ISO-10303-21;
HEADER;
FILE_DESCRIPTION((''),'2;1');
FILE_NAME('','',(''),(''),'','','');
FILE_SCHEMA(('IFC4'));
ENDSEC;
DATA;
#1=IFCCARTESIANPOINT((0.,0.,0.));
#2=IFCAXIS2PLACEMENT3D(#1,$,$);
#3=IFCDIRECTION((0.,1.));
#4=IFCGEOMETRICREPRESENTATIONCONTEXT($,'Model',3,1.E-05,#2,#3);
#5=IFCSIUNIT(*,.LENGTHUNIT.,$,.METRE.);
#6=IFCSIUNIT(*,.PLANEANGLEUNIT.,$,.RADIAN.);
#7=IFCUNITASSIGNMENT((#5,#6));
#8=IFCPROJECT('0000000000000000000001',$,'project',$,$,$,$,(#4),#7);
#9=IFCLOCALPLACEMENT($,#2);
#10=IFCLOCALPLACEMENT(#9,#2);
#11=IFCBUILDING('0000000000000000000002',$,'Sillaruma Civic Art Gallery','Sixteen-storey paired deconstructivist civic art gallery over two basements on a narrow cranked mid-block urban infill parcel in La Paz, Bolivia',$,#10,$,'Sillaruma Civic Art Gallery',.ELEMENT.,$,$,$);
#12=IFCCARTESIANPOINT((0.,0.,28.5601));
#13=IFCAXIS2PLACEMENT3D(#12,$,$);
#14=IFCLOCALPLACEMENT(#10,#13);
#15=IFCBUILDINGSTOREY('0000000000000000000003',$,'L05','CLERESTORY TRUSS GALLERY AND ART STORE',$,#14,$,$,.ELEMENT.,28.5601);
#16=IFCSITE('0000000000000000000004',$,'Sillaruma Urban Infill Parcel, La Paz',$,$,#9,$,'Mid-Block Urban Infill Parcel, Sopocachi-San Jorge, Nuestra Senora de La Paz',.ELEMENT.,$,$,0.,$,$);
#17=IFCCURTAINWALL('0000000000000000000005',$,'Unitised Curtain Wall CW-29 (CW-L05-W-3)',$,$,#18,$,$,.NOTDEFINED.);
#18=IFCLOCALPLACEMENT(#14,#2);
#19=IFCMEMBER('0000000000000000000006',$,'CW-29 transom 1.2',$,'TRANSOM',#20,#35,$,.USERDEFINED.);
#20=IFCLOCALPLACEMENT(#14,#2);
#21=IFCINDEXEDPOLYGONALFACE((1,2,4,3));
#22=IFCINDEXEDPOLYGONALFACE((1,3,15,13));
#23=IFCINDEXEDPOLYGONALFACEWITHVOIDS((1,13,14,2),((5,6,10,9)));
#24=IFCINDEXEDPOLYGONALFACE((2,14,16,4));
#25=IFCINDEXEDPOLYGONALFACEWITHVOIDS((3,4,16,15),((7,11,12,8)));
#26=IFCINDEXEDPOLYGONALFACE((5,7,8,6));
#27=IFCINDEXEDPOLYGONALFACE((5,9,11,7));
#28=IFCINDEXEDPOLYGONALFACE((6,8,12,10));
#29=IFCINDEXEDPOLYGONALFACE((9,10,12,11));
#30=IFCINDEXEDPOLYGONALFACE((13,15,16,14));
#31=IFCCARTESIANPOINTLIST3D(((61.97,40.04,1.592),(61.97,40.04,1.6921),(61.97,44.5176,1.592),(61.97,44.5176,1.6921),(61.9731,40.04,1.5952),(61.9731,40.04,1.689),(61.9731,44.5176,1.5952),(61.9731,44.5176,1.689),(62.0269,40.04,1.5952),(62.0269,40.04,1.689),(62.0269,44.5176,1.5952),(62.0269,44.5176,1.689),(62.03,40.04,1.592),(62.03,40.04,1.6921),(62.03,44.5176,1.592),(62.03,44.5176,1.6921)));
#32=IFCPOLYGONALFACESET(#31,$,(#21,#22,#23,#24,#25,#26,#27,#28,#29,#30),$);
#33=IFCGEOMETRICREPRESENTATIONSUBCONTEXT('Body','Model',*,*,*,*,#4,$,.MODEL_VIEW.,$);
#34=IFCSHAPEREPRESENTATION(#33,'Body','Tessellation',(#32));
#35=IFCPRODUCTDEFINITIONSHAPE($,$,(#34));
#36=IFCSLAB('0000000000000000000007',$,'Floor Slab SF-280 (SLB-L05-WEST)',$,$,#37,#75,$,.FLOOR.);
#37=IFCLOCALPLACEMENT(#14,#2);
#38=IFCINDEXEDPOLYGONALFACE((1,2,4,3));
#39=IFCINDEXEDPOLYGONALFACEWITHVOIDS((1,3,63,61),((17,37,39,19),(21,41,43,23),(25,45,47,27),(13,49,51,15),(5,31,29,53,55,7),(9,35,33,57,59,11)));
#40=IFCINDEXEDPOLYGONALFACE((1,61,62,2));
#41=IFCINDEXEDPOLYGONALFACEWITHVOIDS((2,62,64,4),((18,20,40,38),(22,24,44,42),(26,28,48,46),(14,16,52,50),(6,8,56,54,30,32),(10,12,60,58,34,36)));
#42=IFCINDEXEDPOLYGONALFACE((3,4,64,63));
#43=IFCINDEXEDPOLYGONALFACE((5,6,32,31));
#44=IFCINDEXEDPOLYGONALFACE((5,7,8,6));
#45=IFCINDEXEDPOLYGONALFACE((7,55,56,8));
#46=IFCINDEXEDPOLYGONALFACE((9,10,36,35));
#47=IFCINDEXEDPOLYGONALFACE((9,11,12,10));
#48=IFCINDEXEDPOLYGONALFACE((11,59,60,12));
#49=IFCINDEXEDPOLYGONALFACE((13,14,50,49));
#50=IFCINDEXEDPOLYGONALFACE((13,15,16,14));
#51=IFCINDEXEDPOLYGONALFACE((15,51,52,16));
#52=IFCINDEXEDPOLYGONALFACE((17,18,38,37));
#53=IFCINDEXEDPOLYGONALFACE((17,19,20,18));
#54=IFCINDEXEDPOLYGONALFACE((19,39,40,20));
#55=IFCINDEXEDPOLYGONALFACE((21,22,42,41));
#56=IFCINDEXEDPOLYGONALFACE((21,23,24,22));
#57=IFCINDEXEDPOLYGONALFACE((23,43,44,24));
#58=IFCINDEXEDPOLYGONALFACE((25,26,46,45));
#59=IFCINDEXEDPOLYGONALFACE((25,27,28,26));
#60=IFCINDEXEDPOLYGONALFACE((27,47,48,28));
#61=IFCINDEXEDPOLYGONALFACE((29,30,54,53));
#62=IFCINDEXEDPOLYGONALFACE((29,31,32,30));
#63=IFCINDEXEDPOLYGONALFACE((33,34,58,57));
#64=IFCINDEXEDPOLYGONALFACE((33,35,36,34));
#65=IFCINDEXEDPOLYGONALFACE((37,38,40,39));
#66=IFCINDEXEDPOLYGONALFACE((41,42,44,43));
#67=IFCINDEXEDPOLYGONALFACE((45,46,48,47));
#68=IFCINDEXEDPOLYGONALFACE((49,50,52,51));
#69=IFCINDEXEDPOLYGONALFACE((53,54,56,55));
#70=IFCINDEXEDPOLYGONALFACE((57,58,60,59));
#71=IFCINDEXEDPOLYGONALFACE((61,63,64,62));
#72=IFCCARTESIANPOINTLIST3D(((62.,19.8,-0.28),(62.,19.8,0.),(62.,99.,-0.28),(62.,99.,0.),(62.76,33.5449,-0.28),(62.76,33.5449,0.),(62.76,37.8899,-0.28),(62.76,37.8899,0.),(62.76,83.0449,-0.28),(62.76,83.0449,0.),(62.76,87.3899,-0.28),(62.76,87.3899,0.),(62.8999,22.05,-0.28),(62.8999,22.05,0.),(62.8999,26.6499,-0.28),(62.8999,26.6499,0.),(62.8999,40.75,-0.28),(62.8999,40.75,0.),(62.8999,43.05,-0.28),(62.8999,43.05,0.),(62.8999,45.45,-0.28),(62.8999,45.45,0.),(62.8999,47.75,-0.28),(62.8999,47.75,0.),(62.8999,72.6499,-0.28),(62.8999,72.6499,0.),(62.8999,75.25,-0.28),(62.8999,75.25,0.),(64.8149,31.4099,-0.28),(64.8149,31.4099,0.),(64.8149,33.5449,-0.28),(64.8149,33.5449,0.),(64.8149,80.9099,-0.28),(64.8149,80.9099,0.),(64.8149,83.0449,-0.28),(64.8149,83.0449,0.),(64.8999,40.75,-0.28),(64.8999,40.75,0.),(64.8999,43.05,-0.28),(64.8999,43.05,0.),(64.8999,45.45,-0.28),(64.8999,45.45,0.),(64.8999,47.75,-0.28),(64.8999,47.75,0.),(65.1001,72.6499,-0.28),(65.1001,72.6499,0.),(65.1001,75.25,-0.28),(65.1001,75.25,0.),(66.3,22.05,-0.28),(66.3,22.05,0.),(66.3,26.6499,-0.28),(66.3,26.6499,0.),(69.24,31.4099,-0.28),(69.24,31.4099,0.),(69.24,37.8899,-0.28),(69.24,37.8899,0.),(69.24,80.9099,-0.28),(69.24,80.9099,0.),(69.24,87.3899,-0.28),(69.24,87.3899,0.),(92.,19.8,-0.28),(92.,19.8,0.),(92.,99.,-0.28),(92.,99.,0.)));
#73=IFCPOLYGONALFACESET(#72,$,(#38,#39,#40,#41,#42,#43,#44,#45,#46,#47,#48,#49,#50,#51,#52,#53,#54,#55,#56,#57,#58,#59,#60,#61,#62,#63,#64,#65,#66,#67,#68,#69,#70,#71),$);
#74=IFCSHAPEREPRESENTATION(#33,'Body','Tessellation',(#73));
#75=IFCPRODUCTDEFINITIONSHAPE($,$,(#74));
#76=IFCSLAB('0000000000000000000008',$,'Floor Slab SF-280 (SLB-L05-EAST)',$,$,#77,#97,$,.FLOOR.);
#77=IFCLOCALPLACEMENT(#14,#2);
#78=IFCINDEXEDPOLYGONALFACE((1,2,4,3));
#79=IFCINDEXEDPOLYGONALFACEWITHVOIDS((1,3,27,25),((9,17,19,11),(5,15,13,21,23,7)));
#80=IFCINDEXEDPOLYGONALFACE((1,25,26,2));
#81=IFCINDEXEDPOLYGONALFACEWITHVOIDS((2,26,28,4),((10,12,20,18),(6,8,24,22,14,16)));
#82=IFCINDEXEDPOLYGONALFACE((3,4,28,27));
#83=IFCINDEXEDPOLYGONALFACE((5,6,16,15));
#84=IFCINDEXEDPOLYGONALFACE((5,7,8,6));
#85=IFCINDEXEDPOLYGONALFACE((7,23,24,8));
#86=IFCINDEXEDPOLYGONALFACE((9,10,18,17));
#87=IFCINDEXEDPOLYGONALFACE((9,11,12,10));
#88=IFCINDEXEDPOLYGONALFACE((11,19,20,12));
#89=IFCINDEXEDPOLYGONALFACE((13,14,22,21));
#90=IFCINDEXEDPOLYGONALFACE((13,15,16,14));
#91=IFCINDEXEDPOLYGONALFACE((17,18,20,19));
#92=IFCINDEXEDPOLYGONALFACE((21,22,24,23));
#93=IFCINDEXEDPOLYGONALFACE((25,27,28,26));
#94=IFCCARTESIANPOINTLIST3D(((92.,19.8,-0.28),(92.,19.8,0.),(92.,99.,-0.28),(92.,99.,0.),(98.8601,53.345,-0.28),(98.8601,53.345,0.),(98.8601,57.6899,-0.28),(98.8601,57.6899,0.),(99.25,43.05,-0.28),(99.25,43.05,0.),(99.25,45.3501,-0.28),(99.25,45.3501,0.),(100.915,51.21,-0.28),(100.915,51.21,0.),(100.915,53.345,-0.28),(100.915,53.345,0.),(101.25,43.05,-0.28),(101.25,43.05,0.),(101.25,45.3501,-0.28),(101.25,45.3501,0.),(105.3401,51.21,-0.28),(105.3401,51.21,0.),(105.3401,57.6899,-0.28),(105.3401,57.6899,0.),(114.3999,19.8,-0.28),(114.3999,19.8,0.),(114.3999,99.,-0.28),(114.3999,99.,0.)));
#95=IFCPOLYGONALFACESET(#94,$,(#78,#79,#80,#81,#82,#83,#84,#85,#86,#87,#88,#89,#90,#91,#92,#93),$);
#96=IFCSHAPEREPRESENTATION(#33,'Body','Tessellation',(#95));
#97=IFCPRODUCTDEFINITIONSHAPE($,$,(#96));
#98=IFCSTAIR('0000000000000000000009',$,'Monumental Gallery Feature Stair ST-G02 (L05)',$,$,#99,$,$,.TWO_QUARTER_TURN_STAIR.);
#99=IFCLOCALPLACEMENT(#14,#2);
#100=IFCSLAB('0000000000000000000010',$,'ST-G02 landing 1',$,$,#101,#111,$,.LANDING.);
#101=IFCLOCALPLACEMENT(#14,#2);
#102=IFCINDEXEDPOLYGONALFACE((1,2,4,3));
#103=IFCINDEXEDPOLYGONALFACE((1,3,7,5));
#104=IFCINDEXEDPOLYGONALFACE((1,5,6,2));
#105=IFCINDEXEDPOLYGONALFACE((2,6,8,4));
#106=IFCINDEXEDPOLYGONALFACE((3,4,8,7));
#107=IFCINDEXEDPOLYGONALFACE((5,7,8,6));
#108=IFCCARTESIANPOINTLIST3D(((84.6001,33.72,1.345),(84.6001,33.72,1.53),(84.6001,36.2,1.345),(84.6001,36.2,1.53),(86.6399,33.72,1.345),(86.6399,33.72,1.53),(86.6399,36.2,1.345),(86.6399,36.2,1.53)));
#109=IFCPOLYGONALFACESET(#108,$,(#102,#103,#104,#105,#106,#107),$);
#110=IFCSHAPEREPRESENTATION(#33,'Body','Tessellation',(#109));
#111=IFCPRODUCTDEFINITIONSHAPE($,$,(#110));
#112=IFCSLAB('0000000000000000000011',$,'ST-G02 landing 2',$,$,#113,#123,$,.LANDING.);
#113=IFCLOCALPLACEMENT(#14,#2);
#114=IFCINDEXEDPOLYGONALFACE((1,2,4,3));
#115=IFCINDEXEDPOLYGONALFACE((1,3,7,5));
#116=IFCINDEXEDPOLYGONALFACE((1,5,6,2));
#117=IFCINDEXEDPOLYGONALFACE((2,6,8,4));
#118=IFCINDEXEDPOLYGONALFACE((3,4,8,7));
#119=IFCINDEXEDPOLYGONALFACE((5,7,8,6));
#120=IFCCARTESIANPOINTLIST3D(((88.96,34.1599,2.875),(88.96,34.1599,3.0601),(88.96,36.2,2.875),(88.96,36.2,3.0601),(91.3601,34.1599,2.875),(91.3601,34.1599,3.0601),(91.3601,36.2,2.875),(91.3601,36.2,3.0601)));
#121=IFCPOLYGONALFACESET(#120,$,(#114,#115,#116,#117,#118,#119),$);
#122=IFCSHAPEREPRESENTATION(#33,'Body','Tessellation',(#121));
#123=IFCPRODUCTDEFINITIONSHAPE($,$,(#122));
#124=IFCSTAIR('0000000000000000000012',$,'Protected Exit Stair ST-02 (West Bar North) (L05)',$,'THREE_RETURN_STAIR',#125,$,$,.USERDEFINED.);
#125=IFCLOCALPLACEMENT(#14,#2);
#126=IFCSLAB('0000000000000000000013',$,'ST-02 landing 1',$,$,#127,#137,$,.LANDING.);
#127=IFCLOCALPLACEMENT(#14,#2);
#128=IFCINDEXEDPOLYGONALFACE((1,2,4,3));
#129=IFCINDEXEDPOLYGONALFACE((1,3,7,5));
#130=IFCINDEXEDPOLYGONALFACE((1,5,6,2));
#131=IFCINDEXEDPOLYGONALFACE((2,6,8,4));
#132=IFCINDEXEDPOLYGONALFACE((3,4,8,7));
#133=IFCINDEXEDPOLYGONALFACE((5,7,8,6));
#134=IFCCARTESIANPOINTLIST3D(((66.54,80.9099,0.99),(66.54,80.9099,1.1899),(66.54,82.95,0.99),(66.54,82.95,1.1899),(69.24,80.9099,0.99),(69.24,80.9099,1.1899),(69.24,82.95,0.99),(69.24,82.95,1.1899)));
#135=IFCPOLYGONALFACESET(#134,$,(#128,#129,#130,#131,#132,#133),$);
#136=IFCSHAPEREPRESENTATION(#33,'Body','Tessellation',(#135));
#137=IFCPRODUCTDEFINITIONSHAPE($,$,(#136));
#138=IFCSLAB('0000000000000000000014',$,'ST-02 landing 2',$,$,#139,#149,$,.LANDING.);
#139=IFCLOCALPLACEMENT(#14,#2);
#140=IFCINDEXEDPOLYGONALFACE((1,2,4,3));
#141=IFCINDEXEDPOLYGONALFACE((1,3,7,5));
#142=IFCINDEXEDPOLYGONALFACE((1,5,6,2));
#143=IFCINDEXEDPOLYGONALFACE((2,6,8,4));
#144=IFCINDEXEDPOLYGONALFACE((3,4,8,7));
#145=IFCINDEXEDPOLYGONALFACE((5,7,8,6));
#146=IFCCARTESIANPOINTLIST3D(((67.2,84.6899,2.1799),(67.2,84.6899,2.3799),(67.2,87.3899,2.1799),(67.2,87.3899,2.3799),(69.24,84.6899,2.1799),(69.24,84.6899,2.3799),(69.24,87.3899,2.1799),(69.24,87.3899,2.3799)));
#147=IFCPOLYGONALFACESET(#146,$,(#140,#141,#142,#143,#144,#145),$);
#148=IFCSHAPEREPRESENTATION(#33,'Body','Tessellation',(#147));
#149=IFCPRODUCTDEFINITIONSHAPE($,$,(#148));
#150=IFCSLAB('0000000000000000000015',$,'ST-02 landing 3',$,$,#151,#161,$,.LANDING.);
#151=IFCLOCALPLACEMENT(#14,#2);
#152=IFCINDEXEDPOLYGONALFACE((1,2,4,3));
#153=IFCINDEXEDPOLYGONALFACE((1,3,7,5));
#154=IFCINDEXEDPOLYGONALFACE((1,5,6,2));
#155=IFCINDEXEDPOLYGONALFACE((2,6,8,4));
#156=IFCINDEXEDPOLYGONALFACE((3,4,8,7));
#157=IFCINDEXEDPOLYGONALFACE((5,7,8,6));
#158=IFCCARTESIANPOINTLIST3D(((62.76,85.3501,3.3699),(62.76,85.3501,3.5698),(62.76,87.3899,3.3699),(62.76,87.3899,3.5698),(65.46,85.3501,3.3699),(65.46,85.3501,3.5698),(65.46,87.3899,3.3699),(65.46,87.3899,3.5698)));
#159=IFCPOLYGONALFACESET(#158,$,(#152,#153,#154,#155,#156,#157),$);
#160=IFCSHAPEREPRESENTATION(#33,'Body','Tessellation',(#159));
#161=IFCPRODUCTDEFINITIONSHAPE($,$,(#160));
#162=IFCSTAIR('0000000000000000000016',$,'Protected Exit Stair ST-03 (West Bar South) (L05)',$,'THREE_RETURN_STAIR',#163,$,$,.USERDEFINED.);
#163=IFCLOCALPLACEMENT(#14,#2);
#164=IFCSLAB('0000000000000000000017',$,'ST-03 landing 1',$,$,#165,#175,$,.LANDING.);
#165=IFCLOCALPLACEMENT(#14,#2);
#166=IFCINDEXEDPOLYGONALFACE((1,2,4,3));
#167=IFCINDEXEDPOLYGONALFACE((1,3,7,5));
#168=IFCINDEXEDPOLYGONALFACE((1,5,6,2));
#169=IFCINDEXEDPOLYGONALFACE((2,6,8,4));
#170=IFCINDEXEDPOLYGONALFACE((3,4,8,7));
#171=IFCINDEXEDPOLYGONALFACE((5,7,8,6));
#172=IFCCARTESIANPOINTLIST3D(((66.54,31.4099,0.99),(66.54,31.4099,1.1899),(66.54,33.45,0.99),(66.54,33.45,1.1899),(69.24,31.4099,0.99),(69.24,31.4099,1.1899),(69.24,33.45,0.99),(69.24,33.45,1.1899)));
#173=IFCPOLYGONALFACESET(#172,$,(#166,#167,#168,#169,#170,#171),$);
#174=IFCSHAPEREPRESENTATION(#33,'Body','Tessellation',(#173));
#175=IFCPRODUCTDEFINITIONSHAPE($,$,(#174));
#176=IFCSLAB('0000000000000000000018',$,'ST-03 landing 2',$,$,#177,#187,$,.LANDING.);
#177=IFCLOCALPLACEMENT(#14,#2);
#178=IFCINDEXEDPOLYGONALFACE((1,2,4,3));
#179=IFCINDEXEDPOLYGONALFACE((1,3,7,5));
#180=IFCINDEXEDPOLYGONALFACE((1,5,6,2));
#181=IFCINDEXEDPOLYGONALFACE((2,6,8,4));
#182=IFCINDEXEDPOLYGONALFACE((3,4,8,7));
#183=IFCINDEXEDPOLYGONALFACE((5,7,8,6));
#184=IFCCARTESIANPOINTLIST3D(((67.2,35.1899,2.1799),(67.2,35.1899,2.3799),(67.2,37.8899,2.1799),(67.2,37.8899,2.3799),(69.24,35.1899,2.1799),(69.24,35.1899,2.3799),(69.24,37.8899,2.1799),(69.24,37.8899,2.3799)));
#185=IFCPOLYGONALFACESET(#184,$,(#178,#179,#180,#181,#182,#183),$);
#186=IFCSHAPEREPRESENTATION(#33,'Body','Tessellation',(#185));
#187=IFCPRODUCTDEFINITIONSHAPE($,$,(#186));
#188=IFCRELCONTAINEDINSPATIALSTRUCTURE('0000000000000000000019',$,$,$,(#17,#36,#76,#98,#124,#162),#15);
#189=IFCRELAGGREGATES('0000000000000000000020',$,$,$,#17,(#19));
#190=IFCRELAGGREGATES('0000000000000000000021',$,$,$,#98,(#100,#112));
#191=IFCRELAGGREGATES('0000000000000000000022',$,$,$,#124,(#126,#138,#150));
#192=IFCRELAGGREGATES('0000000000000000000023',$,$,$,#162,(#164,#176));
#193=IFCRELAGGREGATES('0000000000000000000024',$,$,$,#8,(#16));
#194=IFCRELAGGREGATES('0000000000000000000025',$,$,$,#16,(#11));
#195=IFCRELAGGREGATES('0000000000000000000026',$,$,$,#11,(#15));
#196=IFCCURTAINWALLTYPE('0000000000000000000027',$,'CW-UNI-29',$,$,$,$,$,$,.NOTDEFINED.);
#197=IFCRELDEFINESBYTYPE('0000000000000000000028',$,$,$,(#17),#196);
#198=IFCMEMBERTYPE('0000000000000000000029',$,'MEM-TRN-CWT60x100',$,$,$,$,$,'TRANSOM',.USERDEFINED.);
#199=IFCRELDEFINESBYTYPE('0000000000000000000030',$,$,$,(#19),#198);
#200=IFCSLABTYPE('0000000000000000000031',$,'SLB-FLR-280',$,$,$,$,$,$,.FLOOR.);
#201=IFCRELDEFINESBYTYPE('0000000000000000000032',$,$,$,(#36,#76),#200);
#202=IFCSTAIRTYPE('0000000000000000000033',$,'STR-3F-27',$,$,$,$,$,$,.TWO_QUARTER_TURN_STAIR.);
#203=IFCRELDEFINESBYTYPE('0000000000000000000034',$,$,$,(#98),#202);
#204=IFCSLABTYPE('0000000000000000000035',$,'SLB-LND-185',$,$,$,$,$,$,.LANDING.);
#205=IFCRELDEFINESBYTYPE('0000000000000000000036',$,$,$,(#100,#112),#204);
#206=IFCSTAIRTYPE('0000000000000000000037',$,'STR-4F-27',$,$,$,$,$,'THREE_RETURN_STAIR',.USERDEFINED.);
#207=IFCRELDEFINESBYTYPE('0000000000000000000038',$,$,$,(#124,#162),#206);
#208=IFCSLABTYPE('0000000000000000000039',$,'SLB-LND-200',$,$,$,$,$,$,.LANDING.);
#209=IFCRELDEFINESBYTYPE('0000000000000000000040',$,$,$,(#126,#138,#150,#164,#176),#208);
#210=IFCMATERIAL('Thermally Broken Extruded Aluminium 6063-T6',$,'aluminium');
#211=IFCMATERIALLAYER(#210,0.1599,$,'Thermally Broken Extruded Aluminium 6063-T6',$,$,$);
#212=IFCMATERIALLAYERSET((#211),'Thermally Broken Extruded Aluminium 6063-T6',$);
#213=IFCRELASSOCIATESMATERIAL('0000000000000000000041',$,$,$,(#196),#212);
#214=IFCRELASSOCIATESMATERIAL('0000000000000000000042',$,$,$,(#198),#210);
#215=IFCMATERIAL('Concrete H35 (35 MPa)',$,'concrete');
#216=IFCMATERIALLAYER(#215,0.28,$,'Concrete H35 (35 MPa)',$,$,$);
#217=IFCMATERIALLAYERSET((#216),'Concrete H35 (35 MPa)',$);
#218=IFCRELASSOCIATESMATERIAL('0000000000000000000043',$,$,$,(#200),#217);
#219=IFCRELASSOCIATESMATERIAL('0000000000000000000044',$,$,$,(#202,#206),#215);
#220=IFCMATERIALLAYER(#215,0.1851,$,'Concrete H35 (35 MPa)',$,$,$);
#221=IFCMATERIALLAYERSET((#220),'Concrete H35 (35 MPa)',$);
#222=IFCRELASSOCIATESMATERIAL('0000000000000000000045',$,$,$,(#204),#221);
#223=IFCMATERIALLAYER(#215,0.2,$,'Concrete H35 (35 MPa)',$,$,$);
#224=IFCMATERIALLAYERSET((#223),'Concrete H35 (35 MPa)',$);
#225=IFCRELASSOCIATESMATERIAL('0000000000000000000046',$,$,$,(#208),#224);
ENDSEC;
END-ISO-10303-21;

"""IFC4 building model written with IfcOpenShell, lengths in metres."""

from ifc_helpers import new_model, si_unit, direction, frame, origin, origin_2d, place, context, subcontext, project, spatial, polyline, hollow_rectangle, outline, extrude, material, layer, layer_set, material_profile, profile_set, type_object, element, aggregate, save


model = new_model("IFC4")

# Units and contexts
model_context = context("Model", 3, precision=1e-05, world=origin(), true_north=direction((0.0, 1.0)))
body_context = subcontext(model_context, "Body", "Model", "MODEL_VIEW")
ifc_project = project(units=[si_unit("LENGTHUNIT", "METRE"), si_unit("PLANEANGLEUNIT", "RADIAN")], contexts=[model_context])

# Site, building, storey
site_placement = place(None, origin())
site = spatial("IfcSite", under=ifc_project, at=site_placement, Name="Sillaruma Urban Infill Parcel, La Paz", LongName="Mid-Block Urban Infill Parcel, Sopocachi-San Jorge, Nuestra Senora de La Paz", CompositionType="ELEMENT", RefElevation=0.0)
building_placement = place(site_placement, origin())
building = spatial("IfcBuilding", under=site, at=building_placement, Name="Sillaruma Civic Art Gallery", Description="Sixteen-storey paired deconstructivist civic art gallery over two basements on a narrow cranked mid-block urban infill parcel in La Paz, Bolivia", LongName="Sillaruma Civic Art Gallery", CompositionType="ELEMENT")
storey_placement = place(building_placement, frame((0.0, 0.0, 28.5601)))
storey = spatial("IfcBuildingStorey", under=building, at=storey_placement, Name="L05", Description="CLERESTORY TRUSS GALLERY AND ART STORE", CompositionType="ELEMENT", Elevation=28.5601)

# Shared definitions
ifc_material_1 = material(Name="Concrete H35 (35 MPa)", Category="concrete")

# Curtain wall
ifc_material_2 = material(Name="Thermally Broken Extruded Aluminium 6063-T6", Category="aluminium")
ifc_layer_1 = layer(ifc_material_2, 0.1599, Name="Thermally Broken Extruded Aluminium 6063-T6")
ifc_layer_set_1 = layer_set([ifc_layer_1], Name="Thermally Broken Extruded Aluminium 6063-T6")
curtain_wall_type = type_object("IfcCurtainWallType", Name="CW-UNI-29", PredefinedType="NOTDEFINED", material=ifc_layer_set_1)
curtain_wall_placement = place(storey_placement, origin())
curtain_wall = element("IfcCurtainWall", 1, at=curtain_wall_placement, inside=storey, type_object=curtain_wall_type, Name="Unitised Curtain Wall CW-29 (CW-L05-W-3)", PredefinedType="NOTDEFINED")

# Member
ifc_material_profile_1 = material_profile(ifc_material_2, hollow_rectangle(XDim=0.0601, YDim=0.1001, WallThickness=0.0032, at=origin_2d()), Name="CWT60x100")
ifc_profile_set_1 = profile_set([ifc_material_profile_1], Name="Thermally Broken Extruded Aluminium 6063-T6")
member_type_1 = type_object("IfcMemberType", Name="MEM-TRN-CWT60x100", ElementType="TRANSOM", PredefinedType="USERDEFINED", material=ifc_profile_set_1)
member_1_placement = place(storey_placement, frame((62.0, 40.04, 1.6421), z_axis=(0.0, 1.0, 0.0), x_axis=(-1.0, 0.0, 0.0)))
member_1 = element("IfcMember", 2, at=member_1_placement, type_object=member_type_1, Name="CW-29 transom 1.2", ObjectType="TRANSOM", PredefinedType="USERDEFINED", context=body_context, shape_type="SweptSolid", body=[
    extrude(hollow_rectangle(XDim=0.0601, YDim=0.1001, WallThickness=0.0032, at=origin_2d()), origin(), (0.0, 0.0, 1.0), 4.4775),
])
aggregate(curtain_wall, [member_1])

# Slabs
ifc_layer_2 = layer(ifc_material_1, 0.28, Name="Concrete H35 (35 MPa)")
ifc_layer_set_2 = layer_set([ifc_layer_2], Name="Concrete H35 (35 MPa)")
slab_type_1 = type_object("IfcSlabType", Name="SLB-FLR-280", PredefinedType="FLOOR", material=ifc_layer_set_2)
slab_1_placement = place(storey_placement, frame((0.0, 0.0, -0.28)))
element("IfcSlab", 3, at=slab_1_placement, inside=storey, type_object=slab_type_1, Name="Floor Slab SF-280 (SLB-L05-WEST)", PredefinedType="FLOOR", context=body_context, shape_type="SweptSolid", body=[
    extrude(outline(polyline([(62.0, 19.8), (92.0, 19.8), (92.0, 99.0), (62.0, 99.0), (62.0, 19.8)]), holes=[polyline([(64.8149, 80.9099), (69.24, 80.9099), (69.24, 87.3899), (62.76, 87.3899), (62.76, 83.0449), (64.8149, 83.0449), (64.8149, 80.9099)]), polyline([(64.8149, 31.4099), (69.24, 31.4099), (69.24, 37.8899), (62.76, 37.8899), (62.76, 33.5449), (64.8149, 33.5449), (64.8149, 31.4099)]), polyline([(62.8999, 40.75), (64.8999, 40.75), (64.8999, 43.05), (62.8999, 43.05), (62.8999, 40.75)]), polyline([(62.8999, 45.45), (64.8999, 45.45), (64.8999, 47.75), (62.8999, 47.75), (62.8999, 45.45)]), polyline([(62.8999, 72.6499), (65.1001, 72.6499), (65.1001, 75.25), (62.8999, 75.25), (62.8999, 72.6499)]), polyline([(62.8999, 22.05), (66.3, 22.05), (66.3, 26.6499), (62.8999, 26.6499), (62.8999, 22.05)])]), origin(), (0.0, 0.0, 1.0), 0.28),
])
slab_2_placement = place(storey_placement, frame((0.0, 0.0, -0.28)))
element("IfcSlab", 4, at=slab_2_placement, inside=storey, type_object=slab_type_1, Name="Floor Slab SF-280 (SLB-L05-EAST)", PredefinedType="FLOOR", context=body_context, shape_type="SweptSolid", body=[
    extrude(outline(polyline([(92.0, 19.8), (114.3999, 19.8), (114.3999, 99.0), (92.0, 99.0), (92.0, 19.8)]), holes=[polyline([(100.915, 51.21), (105.3401, 51.21), (105.3401, 57.6899), (98.8601, 57.6899), (98.8601, 53.345), (100.915, 53.345), (100.915, 51.21)]), polyline([(99.25, 43.05), (101.25, 43.05), (101.25, 45.3501), (99.25, 45.3501), (99.25, 43.05)])]), origin(), (0.0, 0.0, 1.0), 0.28),
])

# Stairs, slabs
stair_type_1 = type_object("IfcStairType", Name="STR-3F-27", PredefinedType="TWO_QUARTER_TURN_STAIR", material=ifc_material_1)
stair_1_placement = place(storey_placement, origin())
stair_1 = element("IfcStair", 5, at=stair_1_placement, inside=storey, type_object=stair_type_1, Name="Monumental Gallery Feature Stair ST-G02 (L05)", PredefinedType="TWO_QUARTER_TURN_STAIR")
ifc_layer_3 = layer(ifc_material_1, 0.1851, Name="Concrete H35 (35 MPa)")
ifc_layer_set_3 = layer_set([ifc_layer_3], Name="Concrete H35 (35 MPa)")
slab_type_2 = type_object("IfcSlabType", Name="SLB-LND-185", PredefinedType="LANDING", material=ifc_layer_set_3)
slab_3_placement = place(storey_placement, frame((0.0, 0.0, 1.345)))
slab_3 = element("IfcSlab", 6, at=slab_3_placement, type_object=slab_type_2, Name="ST-G02 landing 1", PredefinedType="LANDING", context=body_context, shape_type="SweptSolid", body=[
    extrude(outline(polyline([(84.6001, 33.72), (86.6399, 33.72), (86.6399, 36.2), (84.6001, 36.2), (84.6001, 33.72)])), origin(), (0.0, 0.0, 1.0), 0.1851),
])
slab_4_placement = place(storey_placement, frame((0.0, 0.0, 2.875)))
slab_4 = element("IfcSlab", 7, at=slab_4_placement, type_object=slab_type_2, Name="ST-G02 landing 2", PredefinedType="LANDING", context=body_context, shape_type="SweptSolid", body=[
    extrude(outline(polyline([(88.96, 34.1599), (91.3601, 34.1599), (91.3601, 36.2), (88.96, 36.2), (88.96, 34.1599)])), origin(), (0.0, 0.0, 1.0), 0.1851),
])
aggregate(stair_1, [slab_3, slab_4])
stair_type_2 = type_object("IfcStairType", Name="STR-4F-27", ElementType="THREE_RETURN_STAIR", PredefinedType="USERDEFINED", material=ifc_material_1)
stair_2_placement = place(storey_placement, origin())
stair_2 = element("IfcStair", 8, at=stair_2_placement, inside=storey, type_object=stair_type_2, Name="Protected Exit Stair ST-02 (West Bar North) (L05)", ObjectType="THREE_RETURN_STAIR", PredefinedType="USERDEFINED")
ifc_layer_4 = layer(ifc_material_1, 0.2, Name="Concrete H35 (35 MPa)")
ifc_layer_set_4 = layer_set([ifc_layer_4], Name="Concrete H35 (35 MPa)")
slab_type_3 = type_object("IfcSlabType", Name="SLB-LND-200", PredefinedType="LANDING", material=ifc_layer_set_4)
slab_5_placement = place(storey_placement, frame((0.0, 0.0, 0.99)))
slab_5 = element("IfcSlab", 9, at=slab_5_placement, type_object=slab_type_3, Name="ST-02 landing 1", PredefinedType="LANDING", context=body_context, shape_type="SweptSolid", body=[
    extrude(outline(polyline([(66.54, 80.9099), (69.24, 80.9099), (69.24, 82.95), (66.54, 82.95), (66.54, 80.9099)])), origin(), (0.0, 0.0, 1.0), 0.2),
])
slab_6_placement = place(storey_placement, frame((0.0, 0.0, 2.1799)))
slab_6 = element("IfcSlab", 10, at=slab_6_placement, type_object=slab_type_3, Name="ST-02 landing 2", PredefinedType="LANDING", context=body_context, shape_type="SweptSolid", body=[
    extrude(outline(polyline([(67.2, 84.6899), (69.24, 84.6899), (69.24, 87.3899), (67.2, 87.3899), (67.2, 84.6899)])), origin(), (0.0, 0.0, 1.0), 0.2),
])
slab_7_placement = place(storey_placement, frame((0.0, 0.0, 3.3699)))
slab_7 = element("IfcSlab", 11, at=slab_7_placement, type_object=slab_type_3, Name="ST-02 landing 3", PredefinedType="LANDING", context=body_context, shape_type="SweptSolid", body=[
    extrude(outline(polyline([(62.76, 85.3501), (65.46, 85.3501), (65.46, 87.3899), (62.76, 87.3899), (62.76, 85.3501)])), origin(), (0.0, 0.0, 1.0), 0.2),
])
aggregate(stair_2, [slab_5, slab_6, slab_7])
stair_3_placement = place(storey_placement, origin())
stair_3 = element("IfcStair", 12, at=stair_3_placement, inside=storey, type_object=stair_type_2, Name="Protected Exit Stair ST-03 (West Bar South) (L05)", ObjectType="THREE_RETURN_STAIR", PredefinedType="USERDEFINED")
slab_8_placement = place(storey_placement, frame((0.0, 0.0, 0.99)))
slab_8 = element("IfcSlab", 13, at=slab_8_placement, type_object=slab_type_3, Name="ST-03 landing 1", PredefinedType="LANDING", context=body_context, shape_type="SweptSolid", body=[
    extrude(outline(polyline([(66.54, 31.4099), (69.24, 31.4099), (69.24, 33.45), (66.54, 33.45), (66.54, 31.4099)])), origin(), (0.0, 0.0, 1.0), 0.2),
])
slab_9_placement = place(storey_placement, frame((0.0, 0.0, 2.1799)))
slab_9 = element("IfcSlab", 14, at=slab_9_placement, type_object=slab_type_3, Name="ST-03 landing 2", PredefinedType="LANDING", context=body_context, shape_type="SweptSolid", body=[
    extrude(outline(polyline([(67.2, 35.1899), (69.24, 35.1899), (69.24, 37.8899), (67.2, 37.8899), (67.2, 35.1899)])), origin(), (0.0, 0.0, 1.0), 0.2),
])
aggregate(stair_3, [slab_8, slab_9])

save(model, "model.ifc")
